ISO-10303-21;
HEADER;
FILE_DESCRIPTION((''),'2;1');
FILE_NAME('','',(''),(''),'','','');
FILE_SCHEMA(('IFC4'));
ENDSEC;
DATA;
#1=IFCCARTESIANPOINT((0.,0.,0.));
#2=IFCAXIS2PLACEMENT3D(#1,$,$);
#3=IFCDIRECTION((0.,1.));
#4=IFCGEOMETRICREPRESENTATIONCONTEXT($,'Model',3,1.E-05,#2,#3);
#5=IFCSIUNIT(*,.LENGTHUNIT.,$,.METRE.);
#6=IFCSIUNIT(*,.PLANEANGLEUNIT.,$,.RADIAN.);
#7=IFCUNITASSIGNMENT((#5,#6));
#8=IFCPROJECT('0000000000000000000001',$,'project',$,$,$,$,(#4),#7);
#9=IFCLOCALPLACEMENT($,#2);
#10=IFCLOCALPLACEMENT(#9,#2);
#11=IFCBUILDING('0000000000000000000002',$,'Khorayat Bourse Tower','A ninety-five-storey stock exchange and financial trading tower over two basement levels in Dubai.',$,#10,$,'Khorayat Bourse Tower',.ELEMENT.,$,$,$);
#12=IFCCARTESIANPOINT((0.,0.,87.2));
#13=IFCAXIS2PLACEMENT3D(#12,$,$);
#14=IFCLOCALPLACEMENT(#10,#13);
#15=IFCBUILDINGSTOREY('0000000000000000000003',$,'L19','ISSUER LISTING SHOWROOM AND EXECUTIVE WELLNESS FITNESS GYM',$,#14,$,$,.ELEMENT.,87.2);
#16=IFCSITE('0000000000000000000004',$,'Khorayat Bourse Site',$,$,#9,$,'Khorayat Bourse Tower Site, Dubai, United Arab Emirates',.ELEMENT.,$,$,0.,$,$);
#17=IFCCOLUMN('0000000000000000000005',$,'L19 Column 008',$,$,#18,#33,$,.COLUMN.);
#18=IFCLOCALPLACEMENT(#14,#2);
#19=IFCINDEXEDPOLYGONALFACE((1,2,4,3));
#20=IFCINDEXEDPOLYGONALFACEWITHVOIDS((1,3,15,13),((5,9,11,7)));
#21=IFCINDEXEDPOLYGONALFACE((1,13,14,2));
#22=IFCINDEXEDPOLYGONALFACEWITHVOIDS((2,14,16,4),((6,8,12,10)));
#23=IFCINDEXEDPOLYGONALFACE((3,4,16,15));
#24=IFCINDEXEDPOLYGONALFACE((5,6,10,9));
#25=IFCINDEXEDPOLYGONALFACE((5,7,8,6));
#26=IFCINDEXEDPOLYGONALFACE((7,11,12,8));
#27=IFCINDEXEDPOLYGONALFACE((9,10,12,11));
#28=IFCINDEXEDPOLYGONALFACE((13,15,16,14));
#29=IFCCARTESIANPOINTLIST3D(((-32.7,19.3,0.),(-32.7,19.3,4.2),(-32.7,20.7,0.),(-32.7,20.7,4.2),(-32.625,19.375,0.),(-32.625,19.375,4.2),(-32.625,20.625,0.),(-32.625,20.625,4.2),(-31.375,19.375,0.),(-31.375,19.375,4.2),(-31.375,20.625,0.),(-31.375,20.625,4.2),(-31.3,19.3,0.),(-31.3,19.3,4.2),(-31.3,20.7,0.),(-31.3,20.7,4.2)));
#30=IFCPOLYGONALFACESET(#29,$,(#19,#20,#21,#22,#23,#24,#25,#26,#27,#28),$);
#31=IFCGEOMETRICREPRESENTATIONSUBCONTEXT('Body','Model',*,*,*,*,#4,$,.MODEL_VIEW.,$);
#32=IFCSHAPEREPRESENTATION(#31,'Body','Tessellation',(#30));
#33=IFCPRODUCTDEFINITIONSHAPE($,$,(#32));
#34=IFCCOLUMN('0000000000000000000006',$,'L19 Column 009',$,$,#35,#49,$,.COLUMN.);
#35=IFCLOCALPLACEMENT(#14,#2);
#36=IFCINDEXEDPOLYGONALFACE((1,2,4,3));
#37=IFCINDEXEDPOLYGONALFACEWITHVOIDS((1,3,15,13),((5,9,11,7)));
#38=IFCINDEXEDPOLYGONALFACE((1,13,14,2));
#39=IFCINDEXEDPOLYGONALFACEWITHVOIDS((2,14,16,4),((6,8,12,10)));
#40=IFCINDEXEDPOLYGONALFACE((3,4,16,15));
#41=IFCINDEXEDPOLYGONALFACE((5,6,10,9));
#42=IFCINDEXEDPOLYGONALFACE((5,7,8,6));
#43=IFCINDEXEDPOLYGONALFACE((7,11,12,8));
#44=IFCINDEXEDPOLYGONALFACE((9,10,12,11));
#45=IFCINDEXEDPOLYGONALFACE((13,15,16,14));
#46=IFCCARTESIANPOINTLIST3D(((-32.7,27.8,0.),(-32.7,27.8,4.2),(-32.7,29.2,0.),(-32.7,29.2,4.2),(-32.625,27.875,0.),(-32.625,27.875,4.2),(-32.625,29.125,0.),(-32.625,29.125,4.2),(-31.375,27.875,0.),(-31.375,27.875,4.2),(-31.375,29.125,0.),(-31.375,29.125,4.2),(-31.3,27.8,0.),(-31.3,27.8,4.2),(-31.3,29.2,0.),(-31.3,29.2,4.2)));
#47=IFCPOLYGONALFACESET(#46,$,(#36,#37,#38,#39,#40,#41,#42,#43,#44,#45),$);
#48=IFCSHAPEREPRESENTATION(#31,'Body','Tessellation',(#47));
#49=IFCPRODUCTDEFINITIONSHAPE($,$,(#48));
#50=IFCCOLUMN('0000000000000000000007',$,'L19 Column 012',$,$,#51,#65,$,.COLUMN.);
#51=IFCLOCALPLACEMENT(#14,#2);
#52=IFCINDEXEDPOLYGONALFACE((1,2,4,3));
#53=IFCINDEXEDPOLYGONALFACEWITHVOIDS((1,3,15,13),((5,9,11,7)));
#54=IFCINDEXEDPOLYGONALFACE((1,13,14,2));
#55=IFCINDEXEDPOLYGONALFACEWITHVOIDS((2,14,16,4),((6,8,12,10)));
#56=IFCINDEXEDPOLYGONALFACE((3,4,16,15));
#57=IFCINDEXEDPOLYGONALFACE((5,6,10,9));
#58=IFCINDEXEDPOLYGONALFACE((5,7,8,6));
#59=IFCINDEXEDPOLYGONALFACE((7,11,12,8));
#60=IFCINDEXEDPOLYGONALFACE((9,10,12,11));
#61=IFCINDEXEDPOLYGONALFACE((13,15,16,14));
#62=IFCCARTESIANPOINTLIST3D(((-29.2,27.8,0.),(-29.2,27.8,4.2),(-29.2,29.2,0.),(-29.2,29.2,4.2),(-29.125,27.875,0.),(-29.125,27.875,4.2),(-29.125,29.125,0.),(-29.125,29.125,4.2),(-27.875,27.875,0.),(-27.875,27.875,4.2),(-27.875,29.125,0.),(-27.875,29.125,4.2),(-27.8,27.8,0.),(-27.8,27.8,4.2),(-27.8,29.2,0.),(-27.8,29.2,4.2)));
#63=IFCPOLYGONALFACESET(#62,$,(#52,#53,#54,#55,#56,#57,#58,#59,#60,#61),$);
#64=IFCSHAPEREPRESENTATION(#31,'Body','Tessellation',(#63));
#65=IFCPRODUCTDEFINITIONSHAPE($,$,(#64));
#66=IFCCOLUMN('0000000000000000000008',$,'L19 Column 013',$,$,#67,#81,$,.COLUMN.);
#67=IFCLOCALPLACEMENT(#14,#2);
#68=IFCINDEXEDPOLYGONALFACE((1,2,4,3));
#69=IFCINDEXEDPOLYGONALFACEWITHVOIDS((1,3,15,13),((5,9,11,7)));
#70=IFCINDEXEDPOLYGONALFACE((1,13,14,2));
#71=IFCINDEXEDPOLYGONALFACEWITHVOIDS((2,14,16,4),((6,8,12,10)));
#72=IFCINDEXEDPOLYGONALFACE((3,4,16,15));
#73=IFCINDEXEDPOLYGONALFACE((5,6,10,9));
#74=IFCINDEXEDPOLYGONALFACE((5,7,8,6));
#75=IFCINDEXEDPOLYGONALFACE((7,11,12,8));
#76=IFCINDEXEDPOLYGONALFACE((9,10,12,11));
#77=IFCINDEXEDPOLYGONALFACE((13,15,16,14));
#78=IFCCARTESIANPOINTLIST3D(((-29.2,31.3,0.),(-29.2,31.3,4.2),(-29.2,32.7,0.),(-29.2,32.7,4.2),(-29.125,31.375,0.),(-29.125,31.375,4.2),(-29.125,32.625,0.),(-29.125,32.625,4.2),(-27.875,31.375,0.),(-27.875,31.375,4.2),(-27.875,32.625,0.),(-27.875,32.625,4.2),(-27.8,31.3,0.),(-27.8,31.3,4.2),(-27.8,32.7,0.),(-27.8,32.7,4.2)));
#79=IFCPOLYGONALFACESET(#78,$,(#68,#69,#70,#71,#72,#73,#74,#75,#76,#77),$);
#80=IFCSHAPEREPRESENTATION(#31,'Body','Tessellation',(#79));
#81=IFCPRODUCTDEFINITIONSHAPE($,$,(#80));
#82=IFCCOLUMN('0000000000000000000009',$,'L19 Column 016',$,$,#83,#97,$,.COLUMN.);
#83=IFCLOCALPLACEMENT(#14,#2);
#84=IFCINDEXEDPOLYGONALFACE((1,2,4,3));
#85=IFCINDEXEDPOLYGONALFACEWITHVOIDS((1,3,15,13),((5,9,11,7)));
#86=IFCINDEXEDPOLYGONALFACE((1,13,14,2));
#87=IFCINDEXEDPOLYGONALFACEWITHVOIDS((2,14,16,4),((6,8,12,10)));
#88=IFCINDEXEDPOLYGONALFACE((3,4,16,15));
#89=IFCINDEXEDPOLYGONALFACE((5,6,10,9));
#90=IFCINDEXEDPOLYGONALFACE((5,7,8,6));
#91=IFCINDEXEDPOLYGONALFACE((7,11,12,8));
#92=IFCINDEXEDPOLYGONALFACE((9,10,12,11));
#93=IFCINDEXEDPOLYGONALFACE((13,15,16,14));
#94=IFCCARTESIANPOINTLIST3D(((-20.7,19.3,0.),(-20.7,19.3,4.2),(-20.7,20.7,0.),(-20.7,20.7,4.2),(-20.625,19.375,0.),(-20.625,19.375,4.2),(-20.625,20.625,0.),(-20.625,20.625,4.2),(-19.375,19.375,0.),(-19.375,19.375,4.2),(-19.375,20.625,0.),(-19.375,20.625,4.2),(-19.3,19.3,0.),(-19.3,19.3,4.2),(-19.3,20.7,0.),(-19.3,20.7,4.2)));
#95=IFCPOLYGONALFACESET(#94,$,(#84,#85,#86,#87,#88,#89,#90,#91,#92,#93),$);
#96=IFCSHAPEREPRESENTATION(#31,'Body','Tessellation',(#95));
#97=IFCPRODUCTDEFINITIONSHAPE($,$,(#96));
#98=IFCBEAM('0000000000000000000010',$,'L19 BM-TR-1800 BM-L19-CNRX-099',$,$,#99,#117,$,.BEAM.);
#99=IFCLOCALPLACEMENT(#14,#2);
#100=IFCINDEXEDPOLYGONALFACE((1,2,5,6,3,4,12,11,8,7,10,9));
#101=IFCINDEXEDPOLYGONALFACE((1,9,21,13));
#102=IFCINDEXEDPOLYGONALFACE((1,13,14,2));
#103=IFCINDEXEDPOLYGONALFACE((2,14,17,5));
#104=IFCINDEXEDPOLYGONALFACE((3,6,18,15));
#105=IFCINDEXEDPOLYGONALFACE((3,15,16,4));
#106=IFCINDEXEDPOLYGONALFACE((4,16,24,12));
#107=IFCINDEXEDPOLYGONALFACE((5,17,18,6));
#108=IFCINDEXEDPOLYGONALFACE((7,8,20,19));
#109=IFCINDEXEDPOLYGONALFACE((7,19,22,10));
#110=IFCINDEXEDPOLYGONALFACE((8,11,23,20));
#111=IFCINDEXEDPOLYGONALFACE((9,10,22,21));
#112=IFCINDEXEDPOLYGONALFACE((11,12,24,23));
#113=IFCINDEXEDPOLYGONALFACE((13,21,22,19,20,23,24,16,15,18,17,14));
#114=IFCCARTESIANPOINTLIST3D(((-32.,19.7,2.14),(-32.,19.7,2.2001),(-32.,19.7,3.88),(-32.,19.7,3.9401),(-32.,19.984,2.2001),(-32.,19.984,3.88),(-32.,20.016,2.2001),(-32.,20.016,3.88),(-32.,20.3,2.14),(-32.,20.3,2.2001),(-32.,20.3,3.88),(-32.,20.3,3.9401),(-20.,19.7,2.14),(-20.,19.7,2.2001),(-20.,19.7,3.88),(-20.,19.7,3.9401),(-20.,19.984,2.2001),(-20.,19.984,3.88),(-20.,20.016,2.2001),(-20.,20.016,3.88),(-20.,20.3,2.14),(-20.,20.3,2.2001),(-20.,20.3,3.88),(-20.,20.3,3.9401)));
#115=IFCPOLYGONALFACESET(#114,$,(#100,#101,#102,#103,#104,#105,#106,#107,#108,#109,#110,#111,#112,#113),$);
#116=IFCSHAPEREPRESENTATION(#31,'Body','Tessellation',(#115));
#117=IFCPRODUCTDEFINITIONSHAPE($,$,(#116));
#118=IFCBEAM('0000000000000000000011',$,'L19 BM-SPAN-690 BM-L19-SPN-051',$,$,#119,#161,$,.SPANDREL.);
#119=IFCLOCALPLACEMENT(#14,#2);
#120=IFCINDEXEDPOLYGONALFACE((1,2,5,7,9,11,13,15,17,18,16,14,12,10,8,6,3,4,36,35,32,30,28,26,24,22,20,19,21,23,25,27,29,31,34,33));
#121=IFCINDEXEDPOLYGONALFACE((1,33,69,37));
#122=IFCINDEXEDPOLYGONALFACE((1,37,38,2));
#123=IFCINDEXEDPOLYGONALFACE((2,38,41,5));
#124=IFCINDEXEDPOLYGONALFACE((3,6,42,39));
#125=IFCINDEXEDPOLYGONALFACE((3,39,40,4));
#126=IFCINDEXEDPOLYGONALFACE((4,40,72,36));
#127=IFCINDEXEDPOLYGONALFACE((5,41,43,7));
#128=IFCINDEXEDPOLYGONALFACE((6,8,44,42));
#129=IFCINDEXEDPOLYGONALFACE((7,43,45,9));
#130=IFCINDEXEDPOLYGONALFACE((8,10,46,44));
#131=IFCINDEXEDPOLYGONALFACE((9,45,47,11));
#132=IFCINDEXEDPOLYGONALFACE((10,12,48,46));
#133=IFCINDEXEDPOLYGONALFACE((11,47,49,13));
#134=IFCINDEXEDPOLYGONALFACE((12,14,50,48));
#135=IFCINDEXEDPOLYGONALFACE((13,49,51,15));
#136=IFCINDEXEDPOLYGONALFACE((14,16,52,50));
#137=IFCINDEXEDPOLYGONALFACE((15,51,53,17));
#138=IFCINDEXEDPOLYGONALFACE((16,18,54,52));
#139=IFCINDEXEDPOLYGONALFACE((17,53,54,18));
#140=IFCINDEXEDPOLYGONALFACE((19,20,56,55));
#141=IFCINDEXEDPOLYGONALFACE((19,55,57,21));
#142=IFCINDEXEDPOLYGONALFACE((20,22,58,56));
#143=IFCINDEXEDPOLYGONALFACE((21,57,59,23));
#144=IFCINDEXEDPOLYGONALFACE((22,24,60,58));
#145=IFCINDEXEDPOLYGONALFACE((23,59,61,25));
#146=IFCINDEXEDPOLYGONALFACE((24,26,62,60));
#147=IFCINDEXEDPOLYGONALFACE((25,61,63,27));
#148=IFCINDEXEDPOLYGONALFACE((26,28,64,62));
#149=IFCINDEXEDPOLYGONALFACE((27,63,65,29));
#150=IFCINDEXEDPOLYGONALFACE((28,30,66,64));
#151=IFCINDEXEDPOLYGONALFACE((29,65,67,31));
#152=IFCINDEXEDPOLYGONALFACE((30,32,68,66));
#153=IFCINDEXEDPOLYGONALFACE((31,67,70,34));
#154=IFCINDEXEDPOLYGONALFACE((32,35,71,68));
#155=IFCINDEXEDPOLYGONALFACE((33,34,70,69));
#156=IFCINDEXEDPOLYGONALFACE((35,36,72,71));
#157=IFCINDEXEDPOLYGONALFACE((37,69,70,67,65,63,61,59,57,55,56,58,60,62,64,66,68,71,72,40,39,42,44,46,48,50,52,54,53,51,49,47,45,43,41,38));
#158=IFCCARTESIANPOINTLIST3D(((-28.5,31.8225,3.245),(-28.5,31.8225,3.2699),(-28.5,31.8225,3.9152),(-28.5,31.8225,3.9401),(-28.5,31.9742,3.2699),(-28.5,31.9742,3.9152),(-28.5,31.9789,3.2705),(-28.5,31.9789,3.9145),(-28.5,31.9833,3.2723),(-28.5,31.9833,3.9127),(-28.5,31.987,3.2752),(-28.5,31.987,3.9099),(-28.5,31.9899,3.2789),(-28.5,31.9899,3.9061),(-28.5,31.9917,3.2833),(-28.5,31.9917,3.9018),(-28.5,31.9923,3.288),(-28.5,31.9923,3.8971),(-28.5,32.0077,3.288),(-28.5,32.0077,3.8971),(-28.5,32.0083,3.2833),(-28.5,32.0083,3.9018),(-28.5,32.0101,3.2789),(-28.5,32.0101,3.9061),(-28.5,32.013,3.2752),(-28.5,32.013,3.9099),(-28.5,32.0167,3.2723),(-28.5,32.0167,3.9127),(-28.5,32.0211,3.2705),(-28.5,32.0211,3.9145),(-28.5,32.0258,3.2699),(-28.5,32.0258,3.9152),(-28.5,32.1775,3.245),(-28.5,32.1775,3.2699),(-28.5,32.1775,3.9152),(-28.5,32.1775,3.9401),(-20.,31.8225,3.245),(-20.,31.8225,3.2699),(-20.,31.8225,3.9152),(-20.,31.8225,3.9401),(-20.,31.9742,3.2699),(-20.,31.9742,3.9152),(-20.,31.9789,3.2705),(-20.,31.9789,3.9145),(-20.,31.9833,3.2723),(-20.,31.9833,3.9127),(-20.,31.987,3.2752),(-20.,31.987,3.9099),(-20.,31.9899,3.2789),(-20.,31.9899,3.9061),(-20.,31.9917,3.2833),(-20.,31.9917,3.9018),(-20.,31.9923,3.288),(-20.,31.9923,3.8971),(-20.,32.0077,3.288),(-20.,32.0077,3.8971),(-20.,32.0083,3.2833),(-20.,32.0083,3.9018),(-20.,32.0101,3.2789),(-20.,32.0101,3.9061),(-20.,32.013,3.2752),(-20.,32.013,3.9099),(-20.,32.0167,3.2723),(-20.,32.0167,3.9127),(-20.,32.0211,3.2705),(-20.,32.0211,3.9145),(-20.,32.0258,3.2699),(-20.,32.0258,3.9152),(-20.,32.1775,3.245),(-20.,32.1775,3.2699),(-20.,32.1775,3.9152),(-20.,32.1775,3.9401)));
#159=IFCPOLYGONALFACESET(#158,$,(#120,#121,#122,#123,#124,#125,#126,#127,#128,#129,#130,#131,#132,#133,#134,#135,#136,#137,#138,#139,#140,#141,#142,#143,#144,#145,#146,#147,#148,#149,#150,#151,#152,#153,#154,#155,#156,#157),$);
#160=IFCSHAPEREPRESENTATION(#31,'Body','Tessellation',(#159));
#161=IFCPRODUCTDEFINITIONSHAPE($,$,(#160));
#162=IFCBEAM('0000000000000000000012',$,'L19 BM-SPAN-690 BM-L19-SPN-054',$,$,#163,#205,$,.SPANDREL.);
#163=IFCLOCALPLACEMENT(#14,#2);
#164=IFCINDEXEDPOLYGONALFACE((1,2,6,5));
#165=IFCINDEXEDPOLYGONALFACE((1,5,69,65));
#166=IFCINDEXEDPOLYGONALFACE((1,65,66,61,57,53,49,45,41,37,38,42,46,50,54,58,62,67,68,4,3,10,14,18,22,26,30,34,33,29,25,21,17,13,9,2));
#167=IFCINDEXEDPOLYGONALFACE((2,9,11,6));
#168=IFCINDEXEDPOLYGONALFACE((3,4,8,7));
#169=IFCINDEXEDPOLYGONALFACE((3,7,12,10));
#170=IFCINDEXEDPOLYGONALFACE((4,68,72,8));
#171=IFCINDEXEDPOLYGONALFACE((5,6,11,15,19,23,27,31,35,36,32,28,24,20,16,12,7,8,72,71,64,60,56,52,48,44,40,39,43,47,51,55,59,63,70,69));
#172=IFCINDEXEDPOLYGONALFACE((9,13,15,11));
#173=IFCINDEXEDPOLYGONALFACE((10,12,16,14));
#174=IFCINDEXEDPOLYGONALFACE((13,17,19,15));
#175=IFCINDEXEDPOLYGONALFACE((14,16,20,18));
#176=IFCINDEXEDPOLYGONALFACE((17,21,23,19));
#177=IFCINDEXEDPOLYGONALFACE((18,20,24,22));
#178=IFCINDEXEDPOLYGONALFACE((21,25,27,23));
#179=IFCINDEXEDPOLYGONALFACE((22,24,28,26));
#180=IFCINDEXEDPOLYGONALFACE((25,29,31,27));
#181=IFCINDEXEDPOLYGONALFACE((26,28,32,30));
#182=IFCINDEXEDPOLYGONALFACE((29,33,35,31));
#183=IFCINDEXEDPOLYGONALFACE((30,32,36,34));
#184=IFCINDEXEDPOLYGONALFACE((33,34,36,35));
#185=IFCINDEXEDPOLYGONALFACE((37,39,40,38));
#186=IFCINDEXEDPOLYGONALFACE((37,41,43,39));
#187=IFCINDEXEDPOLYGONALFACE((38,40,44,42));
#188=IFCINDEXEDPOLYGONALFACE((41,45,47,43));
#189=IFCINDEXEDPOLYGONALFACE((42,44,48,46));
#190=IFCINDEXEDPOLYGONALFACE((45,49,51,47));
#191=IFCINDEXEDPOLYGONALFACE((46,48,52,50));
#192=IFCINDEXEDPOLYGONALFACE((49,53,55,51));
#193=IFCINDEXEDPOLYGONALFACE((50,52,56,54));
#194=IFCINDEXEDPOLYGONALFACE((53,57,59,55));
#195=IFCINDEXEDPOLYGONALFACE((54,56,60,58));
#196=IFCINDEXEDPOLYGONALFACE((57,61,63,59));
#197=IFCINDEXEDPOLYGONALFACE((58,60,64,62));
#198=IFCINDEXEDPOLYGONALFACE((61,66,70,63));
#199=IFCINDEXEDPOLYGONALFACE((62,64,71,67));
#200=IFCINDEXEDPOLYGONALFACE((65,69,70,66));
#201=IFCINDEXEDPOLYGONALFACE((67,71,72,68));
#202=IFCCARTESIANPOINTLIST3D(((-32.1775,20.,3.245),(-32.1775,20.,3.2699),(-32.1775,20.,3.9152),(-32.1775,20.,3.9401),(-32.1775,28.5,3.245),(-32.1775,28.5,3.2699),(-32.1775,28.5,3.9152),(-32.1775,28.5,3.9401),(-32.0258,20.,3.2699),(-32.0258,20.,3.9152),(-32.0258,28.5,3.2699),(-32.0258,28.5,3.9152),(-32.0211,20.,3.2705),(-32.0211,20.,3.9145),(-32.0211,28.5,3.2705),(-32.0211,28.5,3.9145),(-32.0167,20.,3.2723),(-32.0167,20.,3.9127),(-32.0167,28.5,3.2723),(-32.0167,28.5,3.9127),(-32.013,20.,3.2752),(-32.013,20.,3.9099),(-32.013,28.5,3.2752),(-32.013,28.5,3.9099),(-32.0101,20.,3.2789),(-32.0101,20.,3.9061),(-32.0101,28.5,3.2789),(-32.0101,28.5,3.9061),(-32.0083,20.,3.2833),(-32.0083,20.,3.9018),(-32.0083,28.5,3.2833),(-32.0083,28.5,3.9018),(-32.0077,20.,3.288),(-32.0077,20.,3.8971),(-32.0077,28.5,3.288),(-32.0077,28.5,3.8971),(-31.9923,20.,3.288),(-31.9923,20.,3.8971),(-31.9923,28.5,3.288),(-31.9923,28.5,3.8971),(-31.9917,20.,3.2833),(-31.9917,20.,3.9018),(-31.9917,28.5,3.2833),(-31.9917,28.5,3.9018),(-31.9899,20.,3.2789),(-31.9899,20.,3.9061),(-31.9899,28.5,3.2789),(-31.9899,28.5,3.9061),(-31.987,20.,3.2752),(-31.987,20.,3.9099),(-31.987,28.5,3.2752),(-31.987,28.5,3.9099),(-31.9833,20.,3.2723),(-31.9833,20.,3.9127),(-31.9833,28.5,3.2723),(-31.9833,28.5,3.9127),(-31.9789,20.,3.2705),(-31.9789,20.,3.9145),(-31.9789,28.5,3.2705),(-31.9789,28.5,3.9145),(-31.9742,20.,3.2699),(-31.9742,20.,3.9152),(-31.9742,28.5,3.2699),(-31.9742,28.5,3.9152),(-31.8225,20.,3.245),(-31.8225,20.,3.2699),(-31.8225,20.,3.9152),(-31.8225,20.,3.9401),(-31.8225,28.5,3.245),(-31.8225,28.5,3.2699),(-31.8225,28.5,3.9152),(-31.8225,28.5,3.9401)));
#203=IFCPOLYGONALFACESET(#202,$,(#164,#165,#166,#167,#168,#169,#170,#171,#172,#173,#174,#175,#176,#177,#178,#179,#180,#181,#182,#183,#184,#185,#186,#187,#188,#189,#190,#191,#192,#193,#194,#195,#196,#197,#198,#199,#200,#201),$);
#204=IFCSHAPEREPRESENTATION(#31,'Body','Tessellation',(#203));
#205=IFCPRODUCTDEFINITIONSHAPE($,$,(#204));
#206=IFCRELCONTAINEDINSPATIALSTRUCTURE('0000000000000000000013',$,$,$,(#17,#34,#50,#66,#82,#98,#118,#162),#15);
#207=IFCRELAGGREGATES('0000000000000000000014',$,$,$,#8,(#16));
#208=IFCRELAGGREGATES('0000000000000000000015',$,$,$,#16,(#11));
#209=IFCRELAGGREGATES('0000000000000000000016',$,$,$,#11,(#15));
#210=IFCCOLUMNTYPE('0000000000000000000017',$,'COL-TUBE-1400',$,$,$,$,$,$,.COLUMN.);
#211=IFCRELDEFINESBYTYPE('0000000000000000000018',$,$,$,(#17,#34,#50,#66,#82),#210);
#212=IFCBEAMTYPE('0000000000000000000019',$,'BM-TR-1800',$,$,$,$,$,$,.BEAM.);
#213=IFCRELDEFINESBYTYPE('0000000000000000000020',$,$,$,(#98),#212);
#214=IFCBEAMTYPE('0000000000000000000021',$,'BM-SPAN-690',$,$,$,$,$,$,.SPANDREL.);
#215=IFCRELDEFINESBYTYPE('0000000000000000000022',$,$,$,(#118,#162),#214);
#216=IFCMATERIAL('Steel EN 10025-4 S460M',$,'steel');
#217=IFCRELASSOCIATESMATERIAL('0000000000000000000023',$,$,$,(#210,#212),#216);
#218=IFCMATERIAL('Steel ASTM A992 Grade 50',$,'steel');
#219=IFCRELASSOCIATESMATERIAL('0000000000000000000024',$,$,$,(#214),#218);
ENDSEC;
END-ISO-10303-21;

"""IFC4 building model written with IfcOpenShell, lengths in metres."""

from ifc_helpers import new_model, si_unit, direction, frame, origin, origin_2d, place, context, subcontext, project, spatial, hollow_rectangle, i_section, extrude, source, transform, mapped, material, material_profile, profile_set, type_object, element, save


model = new_model("IFC4")

# Units and contexts
model_context = context("Model", 3, precision=1e-05, world=origin(), true_north=direction((0.0, 1.0)))
body_context = subcontext(model_context, "Body", "Model", "MODEL_VIEW")
ifc_project = project(units=[si_unit("LENGTHUNIT", "METRE"), si_unit("PLANEANGLEUNIT", "RADIAN")], contexts=[model_context])

# Site, building, storey
site_placement = place(None, origin())
site = spatial("IfcSite", under=ifc_project, at=site_placement, Name="Khorayat Bourse Site", LongName="Khorayat Bourse Tower Site, Dubai, United Arab Emirates", CompositionType="ELEMENT", RefElevation=0.0)
building_placement = place(site_placement, origin())
building = spatial("IfcBuilding", under=site, at=building_placement, Name="Khorayat Bourse Tower", Description="A ninety-five-storey stock exchange and financial trading tower over two basement levels in Dubai.", LongName="Khorayat Bourse Tower", CompositionType="ELEMENT")
storey_placement = place(building_placement, frame((0.0, 0.0, 87.2)))
storey = spatial("IfcBuildingStorey", under=building, at=storey_placement, Name="L19", Description="ISSUER LISTING SHOWROOM AND EXECUTIVE WELLNESS FITNESS GYM", CompositionType="ELEMENT", Elevation=87.2)

# Columns
ifc_material_1 = material(Name="Steel EN 10025-4 S460M", Category="steel")
ifc_material_profile_1 = material_profile(ifc_material_1, hollow_rectangle(XDim=1.3999, YDim=1.3999, WallThickness=0.075, at=origin_2d()), Name="BOX 1400x1400x75")
ifc_profile_set_1 = profile_set([ifc_material_profile_1], Name="Steel EN 10025-4 S460M")
column_type = type_object("IfcColumnType", Name="COL-TUBE-1400", PredefinedType="COLUMN", material=ifc_profile_set_1)
shared_shape_1 = source(origin(), body_context, "Body", "SweptSolid", [
    extrude(hollow_rectangle(XDim=1.3999, YDim=1.3999, WallThickness=0.075, at=origin_2d()), origin(), (0.0, 0.0, 1.0), 4.2),
])
for number, where, z_axis, x_axis, name in (
    (1, (-32.0, 20.0, 0.0), (0.0, 0.0, 1.0), (1.0, 0.0, 0.0), "L19 Column 008"),
    (2, (-32.0, 28.5, 0.0), (0.0, 0.0, 1.0), (1.0, 0.0, 0.0), "L19 Column 009"),
    (3, (-28.5, 28.5, 0.0), (0.0, 0.0, 1.0), (1.0, 0.0, 0.0), "L19 Column 012"),
    (4, (-28.5, 32.0, 0.0), (0.0, 0.0, 1.0), (1.0, 0.0, 0.0), "L19 Column 013"),
    (5, (-20.0, 20.0, 0.0), (0.0, 0.0, 1.0), (1.0, 0.0, 0.0), "L19 Column 016"),
):
    element("IfcColumn", number, at=place(storey_placement, frame(where, z_axis=z_axis, x_axis=x_axis)), inside=storey, type_object=column_type, Name=name, PredefinedType="COLUMN", context=body_context, shape_type="MappedRepresentation", body=[
        mapped(shared_shape_1, transform((0.0, 0.0, 0.0), scale=1.0)),
    ])

# Beams
ifc_material_profile_2 = material_profile(ifc_material_1, i_section(OverallWidth=0.6001, OverallDepth=1.8, WebThickness=0.032, FlangeThickness=0.0601, at=origin_2d()), Name="PG 1800x600x32x60")
ifc_profile_set_2 = profile_set([ifc_material_profile_2], Name="Steel EN 10025-4 S460M")
beam_type_1 = type_object("IfcBeamType", Name="BM-TR-1800", PredefinedType="BEAM", material=ifc_profile_set_2)
shared_shape_2 = source(origin(), body_context, "Body", "SweptSolid", [
    extrude(i_section(OverallWidth=0.6001, OverallDepth=1.8, WebThickness=0.032, FlangeThickness=0.0601, at=origin_2d()), origin(), (0.0, 0.0, 1.0), 12.0),
])
beam_1_placement = place(storey_placement, frame((-32.0, 20.0, 3.04), z_axis=(1.0, 0.0, 0.0), x_axis=(0.0, 1.0, 0.0)))
element("IfcBeam", 6, at=beam_1_placement, inside=storey, type_object=beam_type_1, Name="L19 BM-TR-1800 BM-L19-CNRX-099", PredefinedType="BEAM", context=body_context, shape_type="MappedRepresentation", body=[
    mapped(shared_shape_2, transform((0.0, 0.0, 0.0), scale=1.0)),
])
ifc_material_2 = material(Name="Steel ASTM A992 Grade 50", Category="steel")
ifc_material_profile_3 = material_profile(ifc_material_2, i_section(OverallWidth=0.355, OverallDepth=0.6951, WebThickness=0.0154, FlangeThickness=0.0249, FilletRadius=0.0181, at=origin_2d()), Name="W690X217")
ifc_profile_set_3 = profile_set([ifc_material_profile_3], Name="Steel ASTM A992 Grade 50")
beam_type_2 = type_object("IfcBeamType", Name="BM-SPAN-690", PredefinedType="SPANDREL", material=ifc_profile_set_3)
shared_shape_3 = source(origin(), body_context, "Body", "SweptSolid", [
    extrude(i_section(OverallWidth=0.355, OverallDepth=0.6951, WebThickness=0.0154, FlangeThickness=0.0249, FilletRadius=0.0181, at=origin_2d()), origin(), (0.0, 0.0, 1.0), 8.5),
])
for number, where, z_axis, x_axis, name in (
    (7, (-28.5, 32.0, 3.5925), (1.0, 0.0, 0.0), (0.0, 1.0, 0.0), "L19 BM-SPAN-690 BM-L19-SPN-051"),
    (8, (-32.0, 20.0, 3.5925), (0.0, 1.0, 0.0), (-1.0, 0.0, 0.0), "L19 BM-SPAN-690 BM-L19-SPN-054"),
):
    element("IfcBeam", number, at=place(storey_placement, frame(where, z_axis=z_axis, x_axis=x_axis)), inside=storey, type_object=beam_type_2, Name=name, PredefinedType="SPANDREL", context=body_context, shape_type="MappedRepresentation", body=[
        mapped(shared_shape_3, transform((0.0, 0.0, 0.0), scale=1.0)),
    ])

save(model, "model.ifc")
